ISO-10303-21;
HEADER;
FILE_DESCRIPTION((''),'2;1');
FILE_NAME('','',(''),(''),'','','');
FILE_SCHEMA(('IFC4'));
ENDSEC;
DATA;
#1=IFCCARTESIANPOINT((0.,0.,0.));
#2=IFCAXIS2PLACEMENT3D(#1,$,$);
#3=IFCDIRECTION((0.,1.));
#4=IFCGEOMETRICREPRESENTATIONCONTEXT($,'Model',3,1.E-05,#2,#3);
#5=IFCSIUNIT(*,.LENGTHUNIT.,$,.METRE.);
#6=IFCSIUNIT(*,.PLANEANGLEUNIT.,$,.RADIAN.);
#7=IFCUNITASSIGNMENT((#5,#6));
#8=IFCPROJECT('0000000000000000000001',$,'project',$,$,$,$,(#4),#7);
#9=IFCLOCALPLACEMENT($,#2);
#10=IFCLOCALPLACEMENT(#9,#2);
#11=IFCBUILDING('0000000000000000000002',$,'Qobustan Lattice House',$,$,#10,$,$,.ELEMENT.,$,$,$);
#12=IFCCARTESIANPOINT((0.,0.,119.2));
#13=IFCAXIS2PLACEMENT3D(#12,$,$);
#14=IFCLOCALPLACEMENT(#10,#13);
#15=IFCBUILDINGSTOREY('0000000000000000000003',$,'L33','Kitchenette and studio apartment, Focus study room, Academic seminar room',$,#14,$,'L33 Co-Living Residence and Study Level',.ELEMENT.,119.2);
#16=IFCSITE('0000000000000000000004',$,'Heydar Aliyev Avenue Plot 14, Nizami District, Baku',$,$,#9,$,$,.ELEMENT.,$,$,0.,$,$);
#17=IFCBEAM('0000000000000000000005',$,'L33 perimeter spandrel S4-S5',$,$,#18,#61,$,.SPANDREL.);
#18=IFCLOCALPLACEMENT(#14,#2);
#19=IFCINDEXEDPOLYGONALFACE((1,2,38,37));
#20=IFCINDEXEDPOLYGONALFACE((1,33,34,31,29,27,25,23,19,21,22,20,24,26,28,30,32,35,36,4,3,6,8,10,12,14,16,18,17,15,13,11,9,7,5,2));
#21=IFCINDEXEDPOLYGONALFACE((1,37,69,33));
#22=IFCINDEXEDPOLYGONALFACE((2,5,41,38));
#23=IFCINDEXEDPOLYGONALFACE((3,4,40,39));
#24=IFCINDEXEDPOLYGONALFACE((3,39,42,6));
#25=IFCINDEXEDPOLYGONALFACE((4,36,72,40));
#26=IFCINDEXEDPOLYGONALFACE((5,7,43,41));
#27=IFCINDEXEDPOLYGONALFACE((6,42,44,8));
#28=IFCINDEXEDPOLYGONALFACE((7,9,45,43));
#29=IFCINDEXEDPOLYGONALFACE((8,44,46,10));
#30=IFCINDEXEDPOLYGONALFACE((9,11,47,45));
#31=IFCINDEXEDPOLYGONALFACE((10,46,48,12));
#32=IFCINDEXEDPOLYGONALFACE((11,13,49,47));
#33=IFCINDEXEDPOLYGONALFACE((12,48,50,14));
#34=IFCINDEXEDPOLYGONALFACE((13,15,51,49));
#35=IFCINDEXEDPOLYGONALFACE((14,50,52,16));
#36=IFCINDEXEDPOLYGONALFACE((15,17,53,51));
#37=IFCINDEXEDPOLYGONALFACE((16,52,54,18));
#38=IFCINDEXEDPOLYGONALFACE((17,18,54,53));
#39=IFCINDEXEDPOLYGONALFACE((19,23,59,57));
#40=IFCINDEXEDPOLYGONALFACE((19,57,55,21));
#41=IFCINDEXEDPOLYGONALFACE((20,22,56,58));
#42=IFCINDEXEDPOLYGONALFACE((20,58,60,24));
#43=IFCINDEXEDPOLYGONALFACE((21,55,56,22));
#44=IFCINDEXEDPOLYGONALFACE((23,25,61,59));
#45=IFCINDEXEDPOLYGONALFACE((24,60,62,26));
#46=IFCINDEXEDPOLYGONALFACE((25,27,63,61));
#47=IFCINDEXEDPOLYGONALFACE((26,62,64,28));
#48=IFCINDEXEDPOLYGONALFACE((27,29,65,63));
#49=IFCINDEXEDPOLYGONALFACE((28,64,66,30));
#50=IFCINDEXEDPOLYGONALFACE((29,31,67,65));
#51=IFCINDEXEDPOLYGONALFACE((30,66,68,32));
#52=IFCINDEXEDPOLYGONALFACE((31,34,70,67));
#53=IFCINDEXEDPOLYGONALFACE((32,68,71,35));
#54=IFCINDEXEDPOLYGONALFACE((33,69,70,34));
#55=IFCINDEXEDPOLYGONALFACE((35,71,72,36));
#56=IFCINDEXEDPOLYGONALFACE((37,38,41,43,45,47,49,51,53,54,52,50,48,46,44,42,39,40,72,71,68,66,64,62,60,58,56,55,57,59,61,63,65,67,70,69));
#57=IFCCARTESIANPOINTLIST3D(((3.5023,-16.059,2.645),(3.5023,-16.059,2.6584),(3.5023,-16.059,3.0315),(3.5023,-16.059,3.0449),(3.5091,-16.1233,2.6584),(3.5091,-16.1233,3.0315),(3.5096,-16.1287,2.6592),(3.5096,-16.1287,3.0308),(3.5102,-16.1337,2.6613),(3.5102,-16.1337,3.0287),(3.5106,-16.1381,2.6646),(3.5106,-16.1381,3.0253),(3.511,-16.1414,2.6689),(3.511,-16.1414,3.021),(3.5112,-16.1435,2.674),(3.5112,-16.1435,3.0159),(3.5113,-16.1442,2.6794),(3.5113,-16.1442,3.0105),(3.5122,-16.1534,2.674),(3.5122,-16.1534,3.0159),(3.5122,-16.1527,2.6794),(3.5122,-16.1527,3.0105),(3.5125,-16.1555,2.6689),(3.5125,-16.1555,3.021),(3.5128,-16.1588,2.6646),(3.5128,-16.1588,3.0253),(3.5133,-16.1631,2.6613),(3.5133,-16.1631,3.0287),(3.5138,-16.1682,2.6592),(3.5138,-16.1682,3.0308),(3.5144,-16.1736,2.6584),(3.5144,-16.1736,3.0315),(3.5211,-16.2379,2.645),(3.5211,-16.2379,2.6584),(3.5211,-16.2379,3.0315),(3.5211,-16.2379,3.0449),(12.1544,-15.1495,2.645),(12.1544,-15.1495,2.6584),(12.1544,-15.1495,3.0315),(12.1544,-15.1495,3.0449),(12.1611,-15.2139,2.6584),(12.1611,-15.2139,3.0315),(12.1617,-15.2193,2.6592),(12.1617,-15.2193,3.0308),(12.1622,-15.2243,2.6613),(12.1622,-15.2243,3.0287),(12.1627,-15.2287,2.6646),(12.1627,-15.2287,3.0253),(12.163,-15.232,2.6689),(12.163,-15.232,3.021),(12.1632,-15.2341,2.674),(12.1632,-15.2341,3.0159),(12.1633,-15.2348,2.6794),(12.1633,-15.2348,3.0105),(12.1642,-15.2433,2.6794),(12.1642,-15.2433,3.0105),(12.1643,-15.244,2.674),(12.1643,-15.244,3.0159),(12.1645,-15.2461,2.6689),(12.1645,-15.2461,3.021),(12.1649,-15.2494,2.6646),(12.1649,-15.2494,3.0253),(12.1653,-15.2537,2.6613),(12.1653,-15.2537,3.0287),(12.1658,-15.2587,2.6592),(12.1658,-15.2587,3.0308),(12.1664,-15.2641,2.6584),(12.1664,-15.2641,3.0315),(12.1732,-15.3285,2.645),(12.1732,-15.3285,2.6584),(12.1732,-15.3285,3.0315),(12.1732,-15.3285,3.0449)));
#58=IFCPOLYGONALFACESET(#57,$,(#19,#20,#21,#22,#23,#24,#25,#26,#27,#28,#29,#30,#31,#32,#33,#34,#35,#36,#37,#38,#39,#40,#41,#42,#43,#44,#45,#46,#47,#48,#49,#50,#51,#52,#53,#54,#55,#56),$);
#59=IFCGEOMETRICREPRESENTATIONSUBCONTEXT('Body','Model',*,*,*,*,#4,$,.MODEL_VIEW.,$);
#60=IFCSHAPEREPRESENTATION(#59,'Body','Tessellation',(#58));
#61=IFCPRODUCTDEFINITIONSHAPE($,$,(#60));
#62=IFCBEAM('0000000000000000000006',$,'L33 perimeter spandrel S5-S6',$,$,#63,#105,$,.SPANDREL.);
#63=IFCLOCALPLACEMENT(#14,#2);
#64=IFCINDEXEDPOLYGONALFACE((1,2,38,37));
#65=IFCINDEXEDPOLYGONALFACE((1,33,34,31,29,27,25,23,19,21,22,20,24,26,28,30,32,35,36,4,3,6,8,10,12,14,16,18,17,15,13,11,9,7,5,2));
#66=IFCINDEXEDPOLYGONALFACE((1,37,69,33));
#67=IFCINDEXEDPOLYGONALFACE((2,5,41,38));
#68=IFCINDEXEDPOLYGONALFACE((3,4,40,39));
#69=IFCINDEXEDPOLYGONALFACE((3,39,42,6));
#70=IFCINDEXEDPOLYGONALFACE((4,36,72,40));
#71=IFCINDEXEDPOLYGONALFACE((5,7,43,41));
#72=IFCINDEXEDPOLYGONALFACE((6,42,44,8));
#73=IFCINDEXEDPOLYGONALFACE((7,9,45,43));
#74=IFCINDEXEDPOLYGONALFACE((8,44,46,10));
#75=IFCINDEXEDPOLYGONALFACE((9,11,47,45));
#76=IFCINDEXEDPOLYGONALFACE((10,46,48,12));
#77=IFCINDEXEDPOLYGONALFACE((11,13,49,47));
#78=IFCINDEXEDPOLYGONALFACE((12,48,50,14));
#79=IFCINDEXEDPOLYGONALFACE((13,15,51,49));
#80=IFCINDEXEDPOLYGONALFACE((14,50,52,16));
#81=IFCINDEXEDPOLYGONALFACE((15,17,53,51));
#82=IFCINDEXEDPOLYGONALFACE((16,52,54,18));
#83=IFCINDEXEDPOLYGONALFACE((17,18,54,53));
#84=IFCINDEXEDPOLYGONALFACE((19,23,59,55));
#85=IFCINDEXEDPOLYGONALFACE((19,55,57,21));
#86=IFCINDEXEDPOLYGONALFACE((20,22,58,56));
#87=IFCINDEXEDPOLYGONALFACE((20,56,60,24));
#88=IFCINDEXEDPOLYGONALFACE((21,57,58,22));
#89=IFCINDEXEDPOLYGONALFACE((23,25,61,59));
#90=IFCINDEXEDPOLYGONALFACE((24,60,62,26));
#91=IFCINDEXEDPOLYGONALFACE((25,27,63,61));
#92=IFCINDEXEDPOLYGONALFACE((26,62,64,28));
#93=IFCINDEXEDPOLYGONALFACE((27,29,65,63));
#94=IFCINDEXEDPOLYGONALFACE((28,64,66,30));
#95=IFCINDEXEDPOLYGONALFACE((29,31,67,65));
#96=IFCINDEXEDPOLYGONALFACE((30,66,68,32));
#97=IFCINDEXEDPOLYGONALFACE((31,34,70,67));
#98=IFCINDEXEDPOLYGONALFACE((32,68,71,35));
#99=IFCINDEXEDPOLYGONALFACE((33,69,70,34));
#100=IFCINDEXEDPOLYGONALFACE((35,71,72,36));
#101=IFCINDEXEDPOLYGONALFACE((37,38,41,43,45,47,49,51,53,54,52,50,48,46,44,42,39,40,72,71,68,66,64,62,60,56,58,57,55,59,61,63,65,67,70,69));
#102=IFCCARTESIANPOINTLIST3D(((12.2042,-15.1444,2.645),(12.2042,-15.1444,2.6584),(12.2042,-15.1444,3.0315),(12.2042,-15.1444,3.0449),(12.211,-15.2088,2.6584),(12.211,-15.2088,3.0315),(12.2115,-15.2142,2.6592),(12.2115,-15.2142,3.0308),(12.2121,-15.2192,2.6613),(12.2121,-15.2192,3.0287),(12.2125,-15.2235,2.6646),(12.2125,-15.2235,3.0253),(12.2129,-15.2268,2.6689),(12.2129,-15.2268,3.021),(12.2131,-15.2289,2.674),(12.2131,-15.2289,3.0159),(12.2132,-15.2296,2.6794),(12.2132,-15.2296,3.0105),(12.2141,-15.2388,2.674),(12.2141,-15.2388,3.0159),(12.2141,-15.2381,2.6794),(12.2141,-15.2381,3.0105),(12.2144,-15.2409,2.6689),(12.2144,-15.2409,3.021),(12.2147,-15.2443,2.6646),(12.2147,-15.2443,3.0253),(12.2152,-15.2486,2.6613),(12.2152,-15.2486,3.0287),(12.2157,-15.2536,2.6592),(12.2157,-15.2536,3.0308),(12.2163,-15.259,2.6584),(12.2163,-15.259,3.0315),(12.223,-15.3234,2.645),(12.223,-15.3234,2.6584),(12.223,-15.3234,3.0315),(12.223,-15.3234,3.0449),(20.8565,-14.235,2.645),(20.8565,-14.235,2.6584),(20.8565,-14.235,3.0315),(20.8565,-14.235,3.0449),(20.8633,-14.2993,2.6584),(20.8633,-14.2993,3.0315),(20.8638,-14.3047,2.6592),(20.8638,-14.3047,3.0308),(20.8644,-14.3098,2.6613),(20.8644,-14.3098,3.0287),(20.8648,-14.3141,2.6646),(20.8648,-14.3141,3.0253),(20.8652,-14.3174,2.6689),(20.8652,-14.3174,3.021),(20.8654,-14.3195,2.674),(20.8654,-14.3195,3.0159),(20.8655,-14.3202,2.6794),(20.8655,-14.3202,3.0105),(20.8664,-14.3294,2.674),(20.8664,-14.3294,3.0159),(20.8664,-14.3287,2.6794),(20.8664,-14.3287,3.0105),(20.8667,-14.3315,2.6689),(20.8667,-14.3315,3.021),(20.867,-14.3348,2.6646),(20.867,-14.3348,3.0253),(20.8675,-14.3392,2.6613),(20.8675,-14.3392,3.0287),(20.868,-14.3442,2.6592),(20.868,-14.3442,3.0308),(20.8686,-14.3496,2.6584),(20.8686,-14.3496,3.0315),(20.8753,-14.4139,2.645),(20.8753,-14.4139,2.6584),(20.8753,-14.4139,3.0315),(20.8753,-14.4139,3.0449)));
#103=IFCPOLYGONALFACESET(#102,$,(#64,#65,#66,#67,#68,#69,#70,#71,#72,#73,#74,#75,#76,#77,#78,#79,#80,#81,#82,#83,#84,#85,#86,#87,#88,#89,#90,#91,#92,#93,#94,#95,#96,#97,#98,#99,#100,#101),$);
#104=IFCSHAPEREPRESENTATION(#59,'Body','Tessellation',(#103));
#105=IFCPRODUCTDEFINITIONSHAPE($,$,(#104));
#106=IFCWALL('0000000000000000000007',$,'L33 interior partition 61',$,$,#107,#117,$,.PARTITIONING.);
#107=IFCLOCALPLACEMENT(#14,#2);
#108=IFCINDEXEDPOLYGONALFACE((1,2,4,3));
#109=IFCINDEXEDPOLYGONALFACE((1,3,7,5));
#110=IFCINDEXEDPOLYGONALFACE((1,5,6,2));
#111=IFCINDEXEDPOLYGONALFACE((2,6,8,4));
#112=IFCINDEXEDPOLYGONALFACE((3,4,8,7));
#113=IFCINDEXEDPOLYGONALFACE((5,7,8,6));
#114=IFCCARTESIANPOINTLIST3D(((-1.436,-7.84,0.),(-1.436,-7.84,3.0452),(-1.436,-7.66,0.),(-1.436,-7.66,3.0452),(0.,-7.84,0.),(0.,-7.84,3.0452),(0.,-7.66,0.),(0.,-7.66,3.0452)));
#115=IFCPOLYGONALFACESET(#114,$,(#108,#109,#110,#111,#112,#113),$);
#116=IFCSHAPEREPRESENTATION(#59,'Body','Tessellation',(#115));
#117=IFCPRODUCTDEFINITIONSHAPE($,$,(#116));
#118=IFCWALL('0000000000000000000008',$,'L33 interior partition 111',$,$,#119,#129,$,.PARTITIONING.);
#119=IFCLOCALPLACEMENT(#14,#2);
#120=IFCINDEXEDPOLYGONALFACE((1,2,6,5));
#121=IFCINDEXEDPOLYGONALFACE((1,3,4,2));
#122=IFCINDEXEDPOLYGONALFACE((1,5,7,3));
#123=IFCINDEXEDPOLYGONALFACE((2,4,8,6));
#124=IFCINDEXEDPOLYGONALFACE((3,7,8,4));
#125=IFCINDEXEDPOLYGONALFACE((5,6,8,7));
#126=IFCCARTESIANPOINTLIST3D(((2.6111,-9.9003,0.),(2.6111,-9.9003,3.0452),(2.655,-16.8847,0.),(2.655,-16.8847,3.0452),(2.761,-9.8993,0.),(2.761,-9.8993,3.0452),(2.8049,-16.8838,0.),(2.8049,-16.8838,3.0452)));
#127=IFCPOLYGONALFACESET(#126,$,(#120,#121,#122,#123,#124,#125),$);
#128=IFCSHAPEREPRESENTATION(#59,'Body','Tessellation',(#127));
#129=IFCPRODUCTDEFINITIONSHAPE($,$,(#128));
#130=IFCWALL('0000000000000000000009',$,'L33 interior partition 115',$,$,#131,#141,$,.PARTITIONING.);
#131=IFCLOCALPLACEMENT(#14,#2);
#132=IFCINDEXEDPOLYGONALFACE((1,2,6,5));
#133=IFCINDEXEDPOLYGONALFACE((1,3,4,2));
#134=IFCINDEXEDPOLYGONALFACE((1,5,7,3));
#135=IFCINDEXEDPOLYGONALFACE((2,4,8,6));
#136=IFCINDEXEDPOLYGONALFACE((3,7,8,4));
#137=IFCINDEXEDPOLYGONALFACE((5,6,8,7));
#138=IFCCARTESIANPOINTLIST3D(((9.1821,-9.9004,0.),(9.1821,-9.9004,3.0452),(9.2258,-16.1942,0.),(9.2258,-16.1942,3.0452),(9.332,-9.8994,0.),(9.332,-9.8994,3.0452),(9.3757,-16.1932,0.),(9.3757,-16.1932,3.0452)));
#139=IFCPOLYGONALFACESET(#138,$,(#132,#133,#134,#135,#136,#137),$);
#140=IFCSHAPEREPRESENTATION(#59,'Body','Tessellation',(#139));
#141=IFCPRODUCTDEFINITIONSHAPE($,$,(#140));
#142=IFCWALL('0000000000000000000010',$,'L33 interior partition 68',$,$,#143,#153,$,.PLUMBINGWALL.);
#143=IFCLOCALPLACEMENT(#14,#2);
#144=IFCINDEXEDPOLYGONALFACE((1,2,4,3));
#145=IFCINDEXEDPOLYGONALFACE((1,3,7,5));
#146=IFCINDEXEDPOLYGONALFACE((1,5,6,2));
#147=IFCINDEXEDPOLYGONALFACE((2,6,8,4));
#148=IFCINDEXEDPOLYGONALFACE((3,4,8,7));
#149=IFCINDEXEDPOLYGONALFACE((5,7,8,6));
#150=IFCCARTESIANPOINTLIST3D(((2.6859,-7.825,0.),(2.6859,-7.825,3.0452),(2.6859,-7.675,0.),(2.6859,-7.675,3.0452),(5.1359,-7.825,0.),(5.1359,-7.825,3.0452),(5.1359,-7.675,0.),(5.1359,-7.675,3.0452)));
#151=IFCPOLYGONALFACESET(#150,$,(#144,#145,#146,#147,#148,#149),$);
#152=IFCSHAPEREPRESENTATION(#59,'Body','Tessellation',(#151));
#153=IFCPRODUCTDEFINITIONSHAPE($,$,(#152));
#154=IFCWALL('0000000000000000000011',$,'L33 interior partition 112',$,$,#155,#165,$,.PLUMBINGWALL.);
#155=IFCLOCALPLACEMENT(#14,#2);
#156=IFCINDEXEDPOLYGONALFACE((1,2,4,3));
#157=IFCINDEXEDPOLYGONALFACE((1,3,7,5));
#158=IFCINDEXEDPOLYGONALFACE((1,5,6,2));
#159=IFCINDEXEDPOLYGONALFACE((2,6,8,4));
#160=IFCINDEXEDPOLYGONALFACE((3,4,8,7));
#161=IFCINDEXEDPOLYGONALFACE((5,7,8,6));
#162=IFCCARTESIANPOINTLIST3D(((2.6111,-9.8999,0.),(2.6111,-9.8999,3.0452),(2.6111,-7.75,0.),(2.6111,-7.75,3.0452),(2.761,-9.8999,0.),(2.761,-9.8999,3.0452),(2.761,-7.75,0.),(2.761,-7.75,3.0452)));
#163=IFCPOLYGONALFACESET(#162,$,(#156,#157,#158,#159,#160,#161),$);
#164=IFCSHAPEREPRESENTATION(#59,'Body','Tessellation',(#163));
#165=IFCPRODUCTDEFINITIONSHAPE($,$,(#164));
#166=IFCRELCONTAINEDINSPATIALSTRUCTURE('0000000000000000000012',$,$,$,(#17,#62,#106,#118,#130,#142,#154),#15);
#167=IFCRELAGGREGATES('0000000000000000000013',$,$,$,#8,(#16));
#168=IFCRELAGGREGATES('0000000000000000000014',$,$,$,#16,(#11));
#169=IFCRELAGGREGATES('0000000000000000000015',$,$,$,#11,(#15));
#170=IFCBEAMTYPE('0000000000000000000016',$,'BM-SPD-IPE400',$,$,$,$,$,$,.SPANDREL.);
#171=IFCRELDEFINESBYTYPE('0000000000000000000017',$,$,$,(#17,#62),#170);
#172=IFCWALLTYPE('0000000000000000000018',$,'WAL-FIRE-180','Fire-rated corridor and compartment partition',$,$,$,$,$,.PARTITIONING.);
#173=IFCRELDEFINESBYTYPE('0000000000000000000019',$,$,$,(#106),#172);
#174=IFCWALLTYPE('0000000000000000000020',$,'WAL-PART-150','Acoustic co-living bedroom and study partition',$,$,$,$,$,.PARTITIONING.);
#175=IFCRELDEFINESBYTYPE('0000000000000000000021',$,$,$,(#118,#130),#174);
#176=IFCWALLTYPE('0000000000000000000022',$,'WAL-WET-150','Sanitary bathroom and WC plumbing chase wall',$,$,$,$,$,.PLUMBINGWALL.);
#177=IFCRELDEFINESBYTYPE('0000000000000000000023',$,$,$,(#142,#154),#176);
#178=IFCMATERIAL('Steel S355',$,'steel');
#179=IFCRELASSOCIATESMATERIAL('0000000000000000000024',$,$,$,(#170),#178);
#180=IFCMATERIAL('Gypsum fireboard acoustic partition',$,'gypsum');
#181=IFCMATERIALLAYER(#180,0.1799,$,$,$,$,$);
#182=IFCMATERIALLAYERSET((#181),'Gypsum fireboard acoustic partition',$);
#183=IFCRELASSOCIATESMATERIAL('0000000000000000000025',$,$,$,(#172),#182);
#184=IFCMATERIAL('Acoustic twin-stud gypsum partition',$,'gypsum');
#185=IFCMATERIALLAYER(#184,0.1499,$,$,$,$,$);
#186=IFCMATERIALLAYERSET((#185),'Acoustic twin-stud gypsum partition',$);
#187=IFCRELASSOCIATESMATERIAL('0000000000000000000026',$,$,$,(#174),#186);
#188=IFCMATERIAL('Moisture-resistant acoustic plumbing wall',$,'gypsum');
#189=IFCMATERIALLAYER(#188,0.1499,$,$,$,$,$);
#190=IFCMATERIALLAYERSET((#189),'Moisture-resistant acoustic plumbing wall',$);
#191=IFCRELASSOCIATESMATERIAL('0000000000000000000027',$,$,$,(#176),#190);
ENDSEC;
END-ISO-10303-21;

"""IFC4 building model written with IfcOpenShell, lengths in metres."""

from ifc_helpers import new_model, si_unit, direction, frame, frame_2d, origin, origin_2d, place, context, subcontext, project, spatial, rectangle, i_section, extrude, material, layer, layer_set, material_profile, profile_set, type_object, element, save


model = new_model("IFC4")

# Units and contexts
model_context = context("Model", 3, precision=1e-05, world=origin(), true_north=direction((0.0, 1.0)))
body_context = subcontext(model_context, "Body", "Model", "MODEL_VIEW")
ifc_project = project(units=[si_unit("LENGTHUNIT", "METRE"), si_unit("PLANEANGLEUNIT", "RADIAN")], contexts=[model_context])

# Site, building, storey
site_placement = place(None, origin())
site = spatial("IfcSite", under=ifc_project, at=site_placement, Name="Heydar Aliyev Avenue Plot 14, Nizami District, Baku", CompositionType="ELEMENT", RefElevation=0.0)
building_placement = place(site_placement, origin())
building = spatial("IfcBuilding", under=site, at=building_placement, Name="Qobustan Lattice House", CompositionType="ELEMENT")
storey_placement = place(building_placement, frame((0.0, 0.0, 119.2)))
storey = spatial("IfcBuildingStorey", under=building, at=storey_placement, Name="L33", Description="Kitchenette and studio apartment, Focus study room, Academic seminar room", LongName="L33 Co-Living Residence and Study Level", CompositionType="ELEMENT", Elevation=119.2)

# Beams
ifc_material_1 = material(Name="Steel S355", Category="steel")
ifc_material_profile_1 = material_profile(ifc_material_1, i_section(OverallWidth=0.1799, OverallDepth=0.3999, WebThickness=0.0085, FlangeThickness=0.0134, FilletRadius=0.021, at=origin_2d()), Name="IPE400")
ifc_profile_set_1 = profile_set([ifc_material_profile_1], Name="Steel S355")
beam_type_1 = type_object("IfcBeamType", Name="BM-SPD-IPE400", PredefinedType="SPANDREL", material=ifc_profile_set_1)
beam_1_placement = place(storey_placement, frame((3.5117, -16.1484, 2.845), z_axis=(0.994521, 0.104534, 0.0), x_axis=(-0.104534, 0.994521, 0.0)))
element("IfcBeam", 1, at=beam_1_placement, inside=storey, type_object=beam_type_1, Name="L33 perimeter spandrel S4-S5", PredefinedType="SPANDREL", context=body_context, shape_type="SweptSolid", body=[
    extrude(i_section(OverallWidth=0.1799, OverallDepth=0.3999, WebThickness=0.0085, FlangeThickness=0.0134, FilletRadius=0.021, at=origin_2d()), origin(), (0.0, 0.0, 1.0), 8.6997),
])
beam_2_placement = place(storey_placement, frame((12.2136, -15.2339, 2.845), z_axis=(0.994522, 0.104531, 0.0), x_axis=(-0.104531, 0.994522, 0.0)))
element("IfcBeam", 2, at=beam_2_placement, inside=storey, type_object=beam_type_1, Name="L33 perimeter spandrel S5-S6", PredefinedType="SPANDREL", context=body_context, shape_type="SweptSolid", body=[
    extrude(i_section(OverallWidth=0.1799, OverallDepth=0.3999, WebThickness=0.0085, FlangeThickness=0.0134, FilletRadius=0.021, at=origin_2d()), origin(), (0.0, 0.0, 1.0), 8.7),
])

# Wall
ifc_material_2 = material(Name="Gypsum fireboard acoustic partition", Category="gypsum")
ifc_layer_1 = layer(ifc_material_2, 0.1799)
ifc_layer_set_1 = layer_set([ifc_layer_1], Name="Gypsum fireboard acoustic partition")
wall_type_1 = type_object("IfcWallType", Name="WAL-FIRE-180", Description="Fire-rated corridor and compartment partition", PredefinedType="PARTITIONING", material=ifc_layer_set_1)
wall_1_placement = place(storey_placement, frame((0.0, -7.75, 0.0), z_axis=(0.0, 0.0, 1.0), x_axis=(-1.0, 0.0, 0.0)))
element("IfcWall", 3, at=wall_1_placement, inside=storey, type_object=wall_type_1, Name="L33 interior partition 61", PredefinedType="PARTITIONING", context=body_context, shape_type="SweptSolid", body=[
    extrude(rectangle(XDim=1.436, YDim=0.1799, at=frame_2d((0.718, 0.0))), origin(), (0.0, 0.0, 1.0), 3.0452),
])

# Walls
ifc_material_3 = material(Name="Acoustic twin-stud gypsum partition", Category="gypsum")
ifc_layer_2 = layer(ifc_material_3, 0.1499)
ifc_layer_set_2 = layer_set([ifc_layer_2], Name="Acoustic twin-stud gypsum partition")
wall_type_2 = type_object("IfcWallType", Name="WAL-PART-150", Description="Acoustic co-living bedroom and study partition", PredefinedType="PARTITIONING", material=ifc_layer_set_2)
wall_2_placement = place(storey_placement, frame((2.686, -9.8999, 0.0), z_axis=(0.0, 0.0, 1.0), x_axis=(0.006292, -0.99998, 0.0)))
element("IfcWall", 4, at=wall_2_placement, inside=storey, type_object=wall_type_2, Name="L33 interior partition 111", PredefinedType="PARTITIONING", context=body_context, shape_type="SweptSolid", body=[
    extrude(rectangle(XDim=6.9846, YDim=0.1499, at=frame_2d((3.4922, 0.0))), origin(), (0.0, 0.0, 1.0), 3.0452),
])
wall_3_placement = place(storey_placement, frame((9.2571, -9.8999, 0.0), z_axis=(0.0, 0.0, 1.0), x_axis=(0.006943, -0.999976, 0.0)))
element("IfcWall", 5, at=wall_3_placement, inside=storey, type_object=wall_type_2, Name="L33 interior partition 115", PredefinedType="PARTITIONING", context=body_context, shape_type="SweptSolid", body=[
    extrude(rectangle(XDim=6.2939, YDim=0.1499, at=frame_2d((3.147, 0.0))), origin(), (0.0, 0.0, 1.0), 3.0452),
])
ifc_material_4 = material(Name="Moisture-resistant acoustic plumbing wall", Category="gypsum")
ifc_layer_3 = layer(ifc_material_4, 0.1499)
ifc_layer_set_3 = layer_set([ifc_layer_3], Name="Moisture-resistant acoustic plumbing wall")
wall_type_3 = type_object("IfcWallType", Name="WAL-WET-150", Description="Sanitary bathroom and WC plumbing chase wall", PredefinedType="PLUMBINGWALL", material=ifc_layer_set_3)
wall_4_placement = place(storey_placement, frame((5.136, -7.75, 0.0), z_axis=(0.0, 0.0, 1.0), x_axis=(-1.0, 0.0, 0.0)))
element("IfcWall", 6, at=wall_4_placement, inside=storey, type_object=wall_type_3, Name="L33 interior partition 68", PredefinedType="PLUMBINGWALL", context=body_context, shape_type="SweptSolid", body=[
    extrude(rectangle(XDim=2.45, YDim=0.1499, at=frame_2d((1.2251, 0.0))), origin(), (0.0, 0.0, 1.0), 3.0452),
])
wall_5_placement = place(storey_placement, frame((2.686, -7.75, 0.0), z_axis=(0.0, 0.0, 1.0), x_axis=(0.0, -1.0, 0.0)))
element("IfcWall", 7, at=wall_5_placement, inside=storey, type_object=wall_type_3, Name="L33 interior partition 112", PredefinedType="PLUMBINGWALL", context=body_context, shape_type="SweptSolid", body=[
    extrude(rectangle(XDim=2.1499, YDim=0.1499, at=frame_2d((1.075, 0.0))), origin(), (0.0, 0.0, 1.0), 3.0452),
])

save(model, "model.ifc")
